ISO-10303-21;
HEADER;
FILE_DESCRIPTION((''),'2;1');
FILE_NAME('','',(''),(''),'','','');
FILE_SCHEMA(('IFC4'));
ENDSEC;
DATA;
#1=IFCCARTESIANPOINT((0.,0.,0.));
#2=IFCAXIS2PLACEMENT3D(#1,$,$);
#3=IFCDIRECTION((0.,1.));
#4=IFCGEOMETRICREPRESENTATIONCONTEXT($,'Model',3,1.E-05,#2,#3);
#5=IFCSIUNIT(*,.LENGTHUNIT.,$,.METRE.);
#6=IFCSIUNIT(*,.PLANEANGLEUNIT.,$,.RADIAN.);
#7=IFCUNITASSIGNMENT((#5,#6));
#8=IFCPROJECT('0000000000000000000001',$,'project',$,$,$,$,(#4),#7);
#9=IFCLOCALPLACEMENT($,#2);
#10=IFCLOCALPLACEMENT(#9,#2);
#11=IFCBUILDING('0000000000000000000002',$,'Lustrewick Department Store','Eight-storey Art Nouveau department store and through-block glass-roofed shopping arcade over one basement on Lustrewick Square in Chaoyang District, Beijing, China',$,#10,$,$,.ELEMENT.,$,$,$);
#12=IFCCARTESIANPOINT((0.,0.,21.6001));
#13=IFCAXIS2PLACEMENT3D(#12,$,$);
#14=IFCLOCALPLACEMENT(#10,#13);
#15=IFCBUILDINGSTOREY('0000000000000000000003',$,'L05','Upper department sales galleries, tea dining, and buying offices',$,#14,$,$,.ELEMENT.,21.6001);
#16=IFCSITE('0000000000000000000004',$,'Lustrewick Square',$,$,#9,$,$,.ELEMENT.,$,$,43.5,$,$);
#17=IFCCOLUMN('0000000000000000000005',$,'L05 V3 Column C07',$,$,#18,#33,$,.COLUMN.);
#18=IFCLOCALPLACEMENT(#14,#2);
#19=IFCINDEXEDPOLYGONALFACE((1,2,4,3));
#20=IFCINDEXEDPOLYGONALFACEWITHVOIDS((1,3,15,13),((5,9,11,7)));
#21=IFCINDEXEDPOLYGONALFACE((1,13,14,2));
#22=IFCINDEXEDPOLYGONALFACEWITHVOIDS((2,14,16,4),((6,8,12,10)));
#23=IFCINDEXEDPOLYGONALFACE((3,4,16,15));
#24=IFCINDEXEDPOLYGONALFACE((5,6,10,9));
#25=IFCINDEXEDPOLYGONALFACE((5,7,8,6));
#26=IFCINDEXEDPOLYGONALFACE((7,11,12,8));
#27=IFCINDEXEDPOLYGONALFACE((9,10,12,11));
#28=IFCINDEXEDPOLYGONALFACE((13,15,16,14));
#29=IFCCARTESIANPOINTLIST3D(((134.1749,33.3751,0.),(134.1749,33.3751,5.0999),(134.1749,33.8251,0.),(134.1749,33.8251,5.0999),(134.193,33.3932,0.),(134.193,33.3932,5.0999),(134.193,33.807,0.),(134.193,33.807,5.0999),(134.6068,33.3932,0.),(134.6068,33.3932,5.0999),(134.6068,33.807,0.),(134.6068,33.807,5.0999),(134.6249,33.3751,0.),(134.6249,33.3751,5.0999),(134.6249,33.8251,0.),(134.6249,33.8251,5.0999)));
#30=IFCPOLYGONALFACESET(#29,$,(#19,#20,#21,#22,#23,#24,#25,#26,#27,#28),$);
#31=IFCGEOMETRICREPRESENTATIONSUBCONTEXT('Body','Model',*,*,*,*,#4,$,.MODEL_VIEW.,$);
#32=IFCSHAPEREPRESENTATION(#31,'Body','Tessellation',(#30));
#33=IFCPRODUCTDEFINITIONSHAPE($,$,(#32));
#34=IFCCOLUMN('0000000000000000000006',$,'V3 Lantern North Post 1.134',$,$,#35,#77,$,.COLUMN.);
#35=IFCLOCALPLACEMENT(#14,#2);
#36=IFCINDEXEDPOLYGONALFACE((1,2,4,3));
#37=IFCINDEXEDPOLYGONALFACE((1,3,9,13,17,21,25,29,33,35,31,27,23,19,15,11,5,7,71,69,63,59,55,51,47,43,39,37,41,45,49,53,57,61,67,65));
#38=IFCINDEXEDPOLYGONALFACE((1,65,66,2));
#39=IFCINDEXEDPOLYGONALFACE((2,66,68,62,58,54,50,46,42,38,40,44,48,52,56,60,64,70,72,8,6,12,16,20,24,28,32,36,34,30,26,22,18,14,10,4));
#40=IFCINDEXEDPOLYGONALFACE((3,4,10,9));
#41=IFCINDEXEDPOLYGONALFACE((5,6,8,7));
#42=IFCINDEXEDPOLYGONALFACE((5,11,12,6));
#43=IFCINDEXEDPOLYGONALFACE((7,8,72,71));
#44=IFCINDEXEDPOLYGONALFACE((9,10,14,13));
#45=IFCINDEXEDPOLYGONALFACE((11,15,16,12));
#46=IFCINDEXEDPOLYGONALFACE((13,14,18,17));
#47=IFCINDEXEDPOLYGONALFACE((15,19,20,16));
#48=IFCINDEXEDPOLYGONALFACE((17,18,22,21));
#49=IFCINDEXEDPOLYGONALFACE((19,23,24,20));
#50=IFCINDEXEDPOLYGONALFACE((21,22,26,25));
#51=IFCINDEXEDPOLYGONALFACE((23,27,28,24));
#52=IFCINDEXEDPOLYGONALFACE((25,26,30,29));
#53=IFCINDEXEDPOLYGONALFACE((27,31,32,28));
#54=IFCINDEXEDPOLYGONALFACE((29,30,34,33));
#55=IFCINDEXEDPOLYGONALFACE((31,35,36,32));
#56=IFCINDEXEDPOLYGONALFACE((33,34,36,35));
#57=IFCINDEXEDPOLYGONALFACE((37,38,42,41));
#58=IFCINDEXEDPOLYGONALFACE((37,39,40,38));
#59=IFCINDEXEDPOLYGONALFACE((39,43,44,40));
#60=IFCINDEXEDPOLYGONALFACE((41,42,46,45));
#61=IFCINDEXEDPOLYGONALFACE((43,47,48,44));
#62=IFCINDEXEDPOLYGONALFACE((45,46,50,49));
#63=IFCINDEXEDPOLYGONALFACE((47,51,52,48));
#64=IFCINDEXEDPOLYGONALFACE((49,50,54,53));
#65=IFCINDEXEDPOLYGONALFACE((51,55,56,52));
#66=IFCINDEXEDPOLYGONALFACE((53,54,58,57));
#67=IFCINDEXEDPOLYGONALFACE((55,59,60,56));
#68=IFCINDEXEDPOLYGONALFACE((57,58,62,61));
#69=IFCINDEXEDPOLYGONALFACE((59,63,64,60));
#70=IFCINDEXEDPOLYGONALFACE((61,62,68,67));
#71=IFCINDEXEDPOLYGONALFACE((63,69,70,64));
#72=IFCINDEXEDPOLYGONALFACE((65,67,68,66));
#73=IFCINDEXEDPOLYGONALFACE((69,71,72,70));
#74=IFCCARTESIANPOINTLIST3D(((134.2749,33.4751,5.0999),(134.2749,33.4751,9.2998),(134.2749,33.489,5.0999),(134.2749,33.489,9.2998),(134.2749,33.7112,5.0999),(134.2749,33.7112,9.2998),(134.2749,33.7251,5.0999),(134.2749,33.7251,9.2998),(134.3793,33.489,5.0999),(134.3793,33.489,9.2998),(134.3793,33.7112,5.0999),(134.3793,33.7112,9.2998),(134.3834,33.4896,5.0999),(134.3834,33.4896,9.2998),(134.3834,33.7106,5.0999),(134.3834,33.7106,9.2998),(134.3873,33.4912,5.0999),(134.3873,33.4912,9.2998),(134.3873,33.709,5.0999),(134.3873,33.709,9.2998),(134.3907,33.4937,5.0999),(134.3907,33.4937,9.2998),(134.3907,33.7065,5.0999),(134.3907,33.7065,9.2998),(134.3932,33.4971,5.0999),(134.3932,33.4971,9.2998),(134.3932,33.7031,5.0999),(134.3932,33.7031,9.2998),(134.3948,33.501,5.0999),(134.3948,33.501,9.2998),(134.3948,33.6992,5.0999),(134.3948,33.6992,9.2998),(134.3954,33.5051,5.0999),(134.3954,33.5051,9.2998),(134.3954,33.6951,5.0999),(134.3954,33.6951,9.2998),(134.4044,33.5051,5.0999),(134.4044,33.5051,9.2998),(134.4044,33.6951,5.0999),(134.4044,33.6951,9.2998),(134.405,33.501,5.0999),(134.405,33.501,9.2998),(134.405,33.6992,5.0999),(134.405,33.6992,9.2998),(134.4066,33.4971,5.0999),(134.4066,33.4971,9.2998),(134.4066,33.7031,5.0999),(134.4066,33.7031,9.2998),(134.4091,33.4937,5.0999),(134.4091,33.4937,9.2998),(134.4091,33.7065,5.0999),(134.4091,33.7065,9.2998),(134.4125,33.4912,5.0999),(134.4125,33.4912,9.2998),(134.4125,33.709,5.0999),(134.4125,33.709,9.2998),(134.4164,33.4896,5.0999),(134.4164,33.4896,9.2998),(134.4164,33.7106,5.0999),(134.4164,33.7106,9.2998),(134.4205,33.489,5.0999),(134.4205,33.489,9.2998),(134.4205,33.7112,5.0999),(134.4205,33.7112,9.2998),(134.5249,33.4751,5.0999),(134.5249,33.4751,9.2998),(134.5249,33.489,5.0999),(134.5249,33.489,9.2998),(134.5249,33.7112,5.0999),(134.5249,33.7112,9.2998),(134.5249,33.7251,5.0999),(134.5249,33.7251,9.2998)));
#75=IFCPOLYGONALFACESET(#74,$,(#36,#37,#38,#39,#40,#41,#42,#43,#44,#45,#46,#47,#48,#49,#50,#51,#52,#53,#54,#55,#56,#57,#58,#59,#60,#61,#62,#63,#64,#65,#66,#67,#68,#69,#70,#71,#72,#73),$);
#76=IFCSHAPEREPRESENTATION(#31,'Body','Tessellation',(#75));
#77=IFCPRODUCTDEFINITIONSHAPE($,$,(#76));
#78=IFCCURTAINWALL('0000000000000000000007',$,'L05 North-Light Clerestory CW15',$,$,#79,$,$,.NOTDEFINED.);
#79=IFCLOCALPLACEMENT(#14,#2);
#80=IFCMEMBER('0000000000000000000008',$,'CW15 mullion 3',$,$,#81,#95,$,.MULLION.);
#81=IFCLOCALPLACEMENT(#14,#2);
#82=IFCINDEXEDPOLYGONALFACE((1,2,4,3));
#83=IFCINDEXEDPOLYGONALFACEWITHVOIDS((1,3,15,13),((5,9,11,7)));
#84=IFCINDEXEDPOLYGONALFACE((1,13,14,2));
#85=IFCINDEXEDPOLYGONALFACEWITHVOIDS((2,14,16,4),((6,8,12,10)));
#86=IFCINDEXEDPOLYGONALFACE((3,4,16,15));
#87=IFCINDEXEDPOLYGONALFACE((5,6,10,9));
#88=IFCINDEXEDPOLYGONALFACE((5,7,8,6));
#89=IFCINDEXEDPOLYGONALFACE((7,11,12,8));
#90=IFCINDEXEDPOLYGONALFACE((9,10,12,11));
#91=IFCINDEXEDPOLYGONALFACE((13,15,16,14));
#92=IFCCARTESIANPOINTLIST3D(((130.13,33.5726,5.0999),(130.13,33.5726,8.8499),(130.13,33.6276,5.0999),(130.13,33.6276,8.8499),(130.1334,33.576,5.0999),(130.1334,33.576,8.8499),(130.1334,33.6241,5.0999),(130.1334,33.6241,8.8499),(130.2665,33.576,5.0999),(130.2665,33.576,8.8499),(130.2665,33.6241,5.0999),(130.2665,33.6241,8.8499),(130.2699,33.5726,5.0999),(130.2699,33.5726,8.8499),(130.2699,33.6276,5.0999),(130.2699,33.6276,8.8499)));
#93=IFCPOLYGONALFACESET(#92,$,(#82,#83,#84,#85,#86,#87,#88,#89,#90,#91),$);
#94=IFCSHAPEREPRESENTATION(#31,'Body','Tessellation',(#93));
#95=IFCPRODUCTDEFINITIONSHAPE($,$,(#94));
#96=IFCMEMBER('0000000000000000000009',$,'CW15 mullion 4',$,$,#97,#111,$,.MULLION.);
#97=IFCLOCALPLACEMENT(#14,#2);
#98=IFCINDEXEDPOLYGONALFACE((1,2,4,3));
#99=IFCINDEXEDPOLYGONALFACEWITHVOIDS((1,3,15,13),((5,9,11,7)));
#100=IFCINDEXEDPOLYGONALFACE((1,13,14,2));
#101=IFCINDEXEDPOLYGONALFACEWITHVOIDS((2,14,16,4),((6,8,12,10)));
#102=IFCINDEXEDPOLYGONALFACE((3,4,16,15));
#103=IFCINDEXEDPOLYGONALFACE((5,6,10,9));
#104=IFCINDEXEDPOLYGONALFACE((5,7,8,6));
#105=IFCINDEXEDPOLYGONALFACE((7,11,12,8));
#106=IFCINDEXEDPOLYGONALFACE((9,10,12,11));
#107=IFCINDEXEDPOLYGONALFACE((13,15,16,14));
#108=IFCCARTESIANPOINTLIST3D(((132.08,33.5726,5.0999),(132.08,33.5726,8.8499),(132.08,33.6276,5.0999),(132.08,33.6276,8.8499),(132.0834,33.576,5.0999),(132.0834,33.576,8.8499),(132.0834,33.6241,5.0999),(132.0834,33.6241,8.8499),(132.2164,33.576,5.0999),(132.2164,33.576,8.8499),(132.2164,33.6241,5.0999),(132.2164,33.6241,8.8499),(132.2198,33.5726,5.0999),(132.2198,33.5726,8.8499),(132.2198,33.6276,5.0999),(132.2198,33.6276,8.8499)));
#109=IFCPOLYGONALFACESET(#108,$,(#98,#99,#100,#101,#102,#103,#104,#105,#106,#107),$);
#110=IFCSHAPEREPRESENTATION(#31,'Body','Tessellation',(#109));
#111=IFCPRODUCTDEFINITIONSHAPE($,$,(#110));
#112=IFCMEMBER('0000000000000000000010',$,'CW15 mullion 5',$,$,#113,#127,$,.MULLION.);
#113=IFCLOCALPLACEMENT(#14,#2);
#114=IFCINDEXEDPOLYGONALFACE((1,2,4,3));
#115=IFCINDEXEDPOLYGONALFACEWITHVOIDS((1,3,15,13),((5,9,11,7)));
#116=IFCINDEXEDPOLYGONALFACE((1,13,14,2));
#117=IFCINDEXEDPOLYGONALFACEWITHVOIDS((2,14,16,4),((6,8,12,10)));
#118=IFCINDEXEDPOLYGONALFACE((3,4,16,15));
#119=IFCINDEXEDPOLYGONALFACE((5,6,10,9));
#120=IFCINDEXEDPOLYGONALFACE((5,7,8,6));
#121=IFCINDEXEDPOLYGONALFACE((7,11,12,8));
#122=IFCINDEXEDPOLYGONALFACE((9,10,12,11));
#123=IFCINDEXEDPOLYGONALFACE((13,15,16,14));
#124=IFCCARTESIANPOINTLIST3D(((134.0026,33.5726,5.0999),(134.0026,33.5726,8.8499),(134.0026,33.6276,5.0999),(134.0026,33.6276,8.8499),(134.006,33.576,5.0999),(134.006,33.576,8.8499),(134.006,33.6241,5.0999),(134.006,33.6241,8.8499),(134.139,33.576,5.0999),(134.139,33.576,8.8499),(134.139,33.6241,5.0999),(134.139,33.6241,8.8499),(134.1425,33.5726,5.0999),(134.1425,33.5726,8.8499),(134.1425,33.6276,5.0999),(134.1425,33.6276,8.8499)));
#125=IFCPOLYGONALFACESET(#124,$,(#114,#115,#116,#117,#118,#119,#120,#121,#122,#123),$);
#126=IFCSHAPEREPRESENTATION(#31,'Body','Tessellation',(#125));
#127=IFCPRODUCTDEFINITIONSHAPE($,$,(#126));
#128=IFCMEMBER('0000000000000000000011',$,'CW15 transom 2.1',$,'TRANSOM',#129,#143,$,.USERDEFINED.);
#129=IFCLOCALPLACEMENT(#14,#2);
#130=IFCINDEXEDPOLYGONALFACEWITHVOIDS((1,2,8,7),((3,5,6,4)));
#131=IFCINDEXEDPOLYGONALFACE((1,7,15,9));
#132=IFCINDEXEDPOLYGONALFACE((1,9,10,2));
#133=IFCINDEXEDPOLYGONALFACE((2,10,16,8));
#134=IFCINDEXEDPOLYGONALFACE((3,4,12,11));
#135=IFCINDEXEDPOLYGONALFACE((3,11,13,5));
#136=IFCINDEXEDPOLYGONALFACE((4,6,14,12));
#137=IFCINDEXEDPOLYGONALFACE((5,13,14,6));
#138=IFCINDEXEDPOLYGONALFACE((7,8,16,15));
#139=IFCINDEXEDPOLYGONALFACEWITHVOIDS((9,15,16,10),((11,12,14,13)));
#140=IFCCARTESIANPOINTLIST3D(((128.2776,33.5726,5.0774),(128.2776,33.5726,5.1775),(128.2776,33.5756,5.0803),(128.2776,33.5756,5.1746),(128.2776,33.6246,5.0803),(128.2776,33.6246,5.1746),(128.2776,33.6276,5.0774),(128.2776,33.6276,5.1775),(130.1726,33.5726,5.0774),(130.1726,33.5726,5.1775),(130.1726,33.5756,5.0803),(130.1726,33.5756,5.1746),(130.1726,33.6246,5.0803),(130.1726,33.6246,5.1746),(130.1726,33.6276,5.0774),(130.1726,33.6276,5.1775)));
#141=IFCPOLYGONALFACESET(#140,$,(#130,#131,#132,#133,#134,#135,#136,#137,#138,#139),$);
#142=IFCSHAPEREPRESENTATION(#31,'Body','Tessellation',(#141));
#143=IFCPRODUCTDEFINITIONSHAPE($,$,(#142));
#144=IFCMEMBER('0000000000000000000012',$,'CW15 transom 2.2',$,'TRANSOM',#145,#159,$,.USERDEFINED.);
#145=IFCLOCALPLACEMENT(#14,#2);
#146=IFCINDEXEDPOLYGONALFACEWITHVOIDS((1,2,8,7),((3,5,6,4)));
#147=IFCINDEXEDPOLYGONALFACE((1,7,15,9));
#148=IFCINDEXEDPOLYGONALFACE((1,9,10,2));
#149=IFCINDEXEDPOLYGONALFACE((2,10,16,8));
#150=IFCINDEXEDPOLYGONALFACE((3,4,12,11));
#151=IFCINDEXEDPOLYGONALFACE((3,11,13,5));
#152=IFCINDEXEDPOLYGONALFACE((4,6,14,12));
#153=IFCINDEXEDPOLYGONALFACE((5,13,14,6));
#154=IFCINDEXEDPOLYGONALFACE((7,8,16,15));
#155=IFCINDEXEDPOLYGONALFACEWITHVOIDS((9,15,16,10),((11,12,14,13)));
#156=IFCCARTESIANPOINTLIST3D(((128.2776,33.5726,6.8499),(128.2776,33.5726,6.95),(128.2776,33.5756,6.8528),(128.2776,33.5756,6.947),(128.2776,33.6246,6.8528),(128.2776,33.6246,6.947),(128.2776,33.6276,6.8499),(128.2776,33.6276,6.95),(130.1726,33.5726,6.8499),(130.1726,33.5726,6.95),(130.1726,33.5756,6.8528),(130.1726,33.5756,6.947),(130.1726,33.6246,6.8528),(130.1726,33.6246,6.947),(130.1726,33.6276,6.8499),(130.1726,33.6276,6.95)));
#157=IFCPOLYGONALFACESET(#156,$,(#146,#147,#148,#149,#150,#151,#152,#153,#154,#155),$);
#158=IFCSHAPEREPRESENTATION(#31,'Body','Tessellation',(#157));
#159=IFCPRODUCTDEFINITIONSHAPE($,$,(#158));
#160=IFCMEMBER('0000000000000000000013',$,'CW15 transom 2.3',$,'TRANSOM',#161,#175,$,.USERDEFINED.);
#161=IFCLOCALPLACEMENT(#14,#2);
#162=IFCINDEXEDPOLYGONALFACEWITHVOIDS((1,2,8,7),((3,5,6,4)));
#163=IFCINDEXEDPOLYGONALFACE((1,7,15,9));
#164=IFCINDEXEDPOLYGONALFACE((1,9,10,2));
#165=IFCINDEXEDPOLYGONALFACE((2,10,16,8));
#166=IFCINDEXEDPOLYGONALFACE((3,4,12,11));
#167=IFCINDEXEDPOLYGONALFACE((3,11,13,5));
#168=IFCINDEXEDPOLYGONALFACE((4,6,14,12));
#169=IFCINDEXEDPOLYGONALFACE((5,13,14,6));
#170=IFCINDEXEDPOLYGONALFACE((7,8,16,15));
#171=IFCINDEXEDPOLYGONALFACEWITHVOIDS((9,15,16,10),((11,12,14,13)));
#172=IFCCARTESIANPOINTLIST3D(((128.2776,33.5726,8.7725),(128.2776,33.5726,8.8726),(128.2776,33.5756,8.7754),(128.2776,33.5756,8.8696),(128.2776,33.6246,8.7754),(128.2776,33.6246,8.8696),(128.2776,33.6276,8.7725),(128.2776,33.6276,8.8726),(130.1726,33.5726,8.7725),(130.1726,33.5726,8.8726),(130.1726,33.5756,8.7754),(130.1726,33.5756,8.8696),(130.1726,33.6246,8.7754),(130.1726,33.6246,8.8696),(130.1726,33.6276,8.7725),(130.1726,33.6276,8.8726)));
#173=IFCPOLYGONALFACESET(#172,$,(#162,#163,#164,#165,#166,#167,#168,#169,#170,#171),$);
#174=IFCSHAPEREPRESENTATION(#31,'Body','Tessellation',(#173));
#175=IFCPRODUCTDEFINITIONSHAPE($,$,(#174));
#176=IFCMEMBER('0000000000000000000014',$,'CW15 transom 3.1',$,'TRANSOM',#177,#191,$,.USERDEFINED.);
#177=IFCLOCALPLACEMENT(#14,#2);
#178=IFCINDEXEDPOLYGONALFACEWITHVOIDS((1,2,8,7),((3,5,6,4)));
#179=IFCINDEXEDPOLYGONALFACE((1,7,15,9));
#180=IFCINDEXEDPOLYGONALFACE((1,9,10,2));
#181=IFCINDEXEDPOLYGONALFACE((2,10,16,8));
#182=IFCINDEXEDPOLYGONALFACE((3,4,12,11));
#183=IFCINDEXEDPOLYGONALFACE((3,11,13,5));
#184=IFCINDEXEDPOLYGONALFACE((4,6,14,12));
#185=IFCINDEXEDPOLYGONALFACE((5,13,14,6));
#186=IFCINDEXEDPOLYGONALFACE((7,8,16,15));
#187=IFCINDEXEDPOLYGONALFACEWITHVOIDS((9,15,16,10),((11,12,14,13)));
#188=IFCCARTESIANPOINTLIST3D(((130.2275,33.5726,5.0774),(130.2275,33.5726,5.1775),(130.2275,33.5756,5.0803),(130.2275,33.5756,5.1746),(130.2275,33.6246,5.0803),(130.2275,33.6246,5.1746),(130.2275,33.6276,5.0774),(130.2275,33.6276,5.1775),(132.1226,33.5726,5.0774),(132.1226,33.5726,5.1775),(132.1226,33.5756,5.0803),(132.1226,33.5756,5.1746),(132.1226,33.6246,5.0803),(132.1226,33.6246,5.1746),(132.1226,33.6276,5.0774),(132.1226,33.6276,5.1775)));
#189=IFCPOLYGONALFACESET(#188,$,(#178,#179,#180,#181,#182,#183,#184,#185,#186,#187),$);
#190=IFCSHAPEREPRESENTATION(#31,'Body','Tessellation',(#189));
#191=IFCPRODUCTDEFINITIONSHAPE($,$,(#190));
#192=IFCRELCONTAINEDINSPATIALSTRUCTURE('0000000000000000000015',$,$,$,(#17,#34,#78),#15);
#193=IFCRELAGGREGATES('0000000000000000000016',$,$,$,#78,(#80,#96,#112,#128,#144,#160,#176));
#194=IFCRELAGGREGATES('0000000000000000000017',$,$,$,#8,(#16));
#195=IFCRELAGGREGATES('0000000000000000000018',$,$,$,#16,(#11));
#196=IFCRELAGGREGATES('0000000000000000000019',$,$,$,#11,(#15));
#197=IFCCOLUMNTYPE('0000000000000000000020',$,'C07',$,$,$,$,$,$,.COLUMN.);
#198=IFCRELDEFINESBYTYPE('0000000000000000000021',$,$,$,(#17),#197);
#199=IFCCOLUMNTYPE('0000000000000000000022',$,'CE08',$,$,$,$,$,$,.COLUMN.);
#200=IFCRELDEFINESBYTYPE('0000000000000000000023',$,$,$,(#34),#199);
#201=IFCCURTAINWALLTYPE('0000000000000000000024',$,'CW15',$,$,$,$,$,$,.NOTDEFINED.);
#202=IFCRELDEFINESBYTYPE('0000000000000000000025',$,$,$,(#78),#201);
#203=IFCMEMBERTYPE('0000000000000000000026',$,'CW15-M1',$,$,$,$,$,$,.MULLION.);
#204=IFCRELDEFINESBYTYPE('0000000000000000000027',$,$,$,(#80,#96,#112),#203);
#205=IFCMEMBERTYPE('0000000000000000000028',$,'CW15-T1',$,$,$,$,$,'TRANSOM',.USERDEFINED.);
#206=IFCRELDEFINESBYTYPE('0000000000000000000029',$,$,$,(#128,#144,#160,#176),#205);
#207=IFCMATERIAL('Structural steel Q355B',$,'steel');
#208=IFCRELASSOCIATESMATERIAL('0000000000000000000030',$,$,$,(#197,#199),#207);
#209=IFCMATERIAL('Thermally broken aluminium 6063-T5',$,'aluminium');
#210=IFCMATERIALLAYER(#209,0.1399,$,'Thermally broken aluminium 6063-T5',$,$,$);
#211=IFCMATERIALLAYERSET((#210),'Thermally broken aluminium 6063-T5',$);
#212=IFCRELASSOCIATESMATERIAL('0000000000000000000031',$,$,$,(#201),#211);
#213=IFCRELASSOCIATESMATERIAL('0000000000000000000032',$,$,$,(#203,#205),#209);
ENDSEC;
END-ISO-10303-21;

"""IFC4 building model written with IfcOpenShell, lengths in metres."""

from ifc_helpers import new_model, si_unit, direction, frame, origin, origin_2d, place, context, subcontext, project, spatial, hollow_rectangle, i_section, extrude, material, layer, layer_set, material_profile, profile_set, type_object, element, aggregate, save


model = new_model("IFC4")

# Units and contexts
model_context = context("Model", 3, precision=1e-05, world=origin(), true_north=direction((0.0, 1.0)))
body_context = subcontext(model_context, "Body", "Model", "MODEL_VIEW")
ifc_project = project(units=[si_unit("LENGTHUNIT", "METRE"), si_unit("PLANEANGLEUNIT", "RADIAN")], contexts=[model_context])

# Site, building, storey
site_placement = place(None, origin())
site = spatial("IfcSite", under=ifc_project, at=site_placement, Name="Lustrewick Square", CompositionType="ELEMENT", RefElevation=43.5)
building_placement = place(site_placement, origin())
building = spatial("IfcBuilding", under=site, at=building_placement, Name="Lustrewick Department Store", Description="Eight-storey Art Nouveau department store and through-block glass-roofed shopping arcade over one basement on Lustrewick Square in Chaoyang District, Beijing, China", CompositionType="ELEMENT")
storey_placement = place(building_placement, frame((0.0, 0.0, 21.6001)))
storey = spatial("IfcBuildingStorey", under=building, at=storey_placement, Name="L05", Description="Upper department sales galleries, tea dining, and buying offices", CompositionType="ELEMENT", Elevation=21.6001)

# Columns
ifc_material_1 = material(Name="Structural steel Q355B", Category="steel")
ifc_material_profile_1 = material_profile(ifc_material_1, hollow_rectangle(XDim=0.45, YDim=0.45, WallThickness=0.0181, at=origin_2d()), Name="BOX 450x450x18")
ifc_profile_set_1 = profile_set([ifc_material_profile_1], Name="Structural steel Q355B")
column_type_1 = type_object("IfcColumnType", Name="C07", PredefinedType="COLUMN", material=ifc_profile_set_1)
column_1_placement = place(storey_placement, frame((134.3999, 33.6001, 0.0), z_axis=(0.0, 0.0, 1.0), x_axis=(1.0, 0.0, 0.0)))
element("IfcColumn", 1, at=column_1_placement, inside=storey, type_object=column_type_1, Name="L05 V3 Column C07", PredefinedType="COLUMN", context=body_context, shape_type="SweptSolid", body=[
    extrude(hollow_rectangle(XDim=0.45, YDim=0.45, WallThickness=0.0181, at=origin_2d()), origin(), (0.0, 0.0, 1.0), 5.0999),
])
ifc_material_profile_2 = material_profile(ifc_material_1, i_section(OverallWidth=0.25, OverallDepth=0.25, WebThickness=0.009, FlangeThickness=0.0139, FilletRadius=0.0161, at=origin_2d()), Name="HW 250x250x9x14")
ifc_profile_set_2 = profile_set([ifc_material_profile_2], Name="Structural steel Q355B")
column_type_2 = type_object("IfcColumnType", Name="CE08", PredefinedType="COLUMN", material=ifc_profile_set_2)
column_2_placement = place(storey_placement, frame((134.3999, 33.6001, 5.0999), z_axis=(0.0, 0.0, 1.0), x_axis=(1.0, 0.0, 0.0)))
element("IfcColumn", 2, at=column_2_placement, inside=storey, type_object=column_type_2, Name="V3 Lantern North Post 1.134", PredefinedType="COLUMN", context=body_context, shape_type="SweptSolid", body=[
    extrude(i_section(OverallWidth=0.25, OverallDepth=0.25, WebThickness=0.009, FlangeThickness=0.0139, FilletRadius=0.0161, at=origin_2d()), origin(), (0.0, 0.0, 1.0), 4.2),
])

# Curtain wall, members
ifc_material_2 = material(Name="Thermally broken aluminium 6063-T5", Category="aluminium")
ifc_layer_1 = layer(ifc_material_2, 0.1399, Name="Thermally broken aluminium 6063-T5")
ifc_layer_set_1 = layer_set([ifc_layer_1], Name="Thermally broken aluminium 6063-T5")
curtain_wall_type = type_object("IfcCurtainWallType", Name="CW15", PredefinedType="NOTDEFINED", material=ifc_layer_set_1)
curtain_wall_placement = place(storey_placement, origin())
curtain_wall = element("IfcCurtainWall", 3, at=curtain_wall_placement, inside=storey, type_object=curtain_wall_type, Name="L05 North-Light Clerestory CW15", PredefinedType="NOTDEFINED")
ifc_material_profile_3 = material_profile(ifc_material_2, hollow_rectangle(XDim=0.0549, YDim=0.1399, WallThickness=0.0034, at=origin_2d()), Name="ALU-M 55x140x3.5")
ifc_profile_set_3 = profile_set([ifc_material_profile_3], Name="Thermally broken aluminium 6063-T5")
member_type_1 = type_object("IfcMemberType", Name="CW15-M1", PredefinedType="MULLION", material=ifc_profile_set_3)
member_1_placement = place(storey_placement, frame((130.2, 33.6001, 5.0999), z_axis=(0.0, 0.0, 1.0), x_axis=(0.0, 1.0, 0.0)))
member_1 = element("IfcMember", 4, at=member_1_placement, type_object=member_type_1, Name="CW15 mullion 3", PredefinedType="MULLION", context=body_context, shape_type="SweptSolid", body=[
    extrude(hollow_rectangle(XDim=0.0549, YDim=0.1399, WallThickness=0.0034, at=origin_2d()), origin(), (0.0, 0.0, 1.0), 3.75),
])
member_2_placement = place(storey_placement, frame((132.1499, 33.6001, 5.0999), z_axis=(0.0, 0.0, 1.0), x_axis=(0.0, 1.0, 0.0)))
member_2 = element("IfcMember", 5, at=member_2_placement, type_object=member_type_1, Name="CW15 mullion 4", PredefinedType="MULLION", context=body_context, shape_type="SweptSolid", body=[
    extrude(hollow_rectangle(XDim=0.0549, YDim=0.1399, WallThickness=0.0034, at=origin_2d()), origin(), (0.0, 0.0, 1.0), 3.75),
])
member_3_placement = place(storey_placement, frame((134.0725, 33.6001, 5.0999), z_axis=(0.0, 0.0, 1.0), x_axis=(0.0, 1.0, 0.0)))
member_3 = element("IfcMember", 6, at=member_3_placement, type_object=member_type_1, Name="CW15 mullion 5", PredefinedType="MULLION", context=body_context, shape_type="SweptSolid", body=[
    extrude(hollow_rectangle(XDim=0.0549, YDim=0.1399, WallThickness=0.0034, at=origin_2d()), origin(), (0.0, 0.0, 1.0), 3.75),
])
ifc_material_profile_4 = material_profile(ifc_material_2, hollow_rectangle(XDim=0.0549, YDim=0.1001, WallThickness=0.0029, at=origin_2d()), Name="ALU-T 55x100x3")
ifc_profile_set_4 = profile_set([ifc_material_profile_4], Name="Thermally broken aluminium 6063-T5")
member_type_2 = type_object("IfcMemberType", Name="CW15-T1", ElementType="TRANSOM", PredefinedType="USERDEFINED", material=ifc_profile_set_4)
member_4_placement = place(storey_placement, frame((128.2776, 33.6001, 5.1274), z_axis=(1.0, 0.0, 0.0), x_axis=(0.0, 1.0, 0.0)))
member_4 = element("IfcMember", 7, at=member_4_placement, type_object=member_type_2, Name="CW15 transom 2.1", ObjectType="TRANSOM", PredefinedType="USERDEFINED", context=body_context, shape_type="SweptSolid", body=[
    extrude(hollow_rectangle(XDim=0.0549, YDim=0.1001, WallThickness=0.0029, at=origin_2d()), origin(), (0.0, 0.0, 1.0), 1.895),
])
member_5_placement = place(storey_placement, frame((128.2776, 33.6001, 6.8999), z_axis=(1.0, 0.0, 0.0), x_axis=(0.0, 1.0, 0.0)))
member_5 = element("IfcMember", 8, at=member_5_placement, type_object=member_type_2, Name="CW15 transom 2.2", ObjectType="TRANSOM", PredefinedType="USERDEFINED", context=body_context, shape_type="SweptSolid", body=[
    extrude(hollow_rectangle(XDim=0.0549, YDim=0.1001, WallThickness=0.0029, at=origin_2d()), origin(), (0.0, 0.0, 1.0), 1.895),
])
member_6_placement = place(storey_placement, frame((128.2776, 33.6001, 8.8225), z_axis=(1.0, 0.0, 0.0), x_axis=(0.0, 1.0, 0.0)))
member_6 = element("IfcMember", 9, at=member_6_placement, type_object=member_type_2, Name="CW15 transom 2.3", ObjectType="TRANSOM", PredefinedType="USERDEFINED", context=body_context, shape_type="SweptSolid", body=[
    extrude(hollow_rectangle(XDim=0.0549, YDim=0.1001, WallThickness=0.0029, at=origin_2d()), origin(), (0.0, 0.0, 1.0), 1.895),
])
member_7_placement = place(storey_placement, frame((130.2275, 33.6001, 5.1274), z_axis=(1.0, 0.0, 0.0), x_axis=(0.0, 1.0, 0.0)))
member_7 = element("IfcMember", 10, at=member_7_placement, type_object=member_type_2, Name="CW15 transom 3.1", ObjectType="TRANSOM", PredefinedType="USERDEFINED", context=body_context, shape_type="SweptSolid", body=[
    extrude(hollow_rectangle(XDim=0.0549, YDim=0.1001, WallThickness=0.0029, at=origin_2d()), origin(), (0.0, 0.0, 1.0), 1.895),
])

aggregate(curtain_wall, [member_1, member_2, member_3, member_4, member_5, member_6, member_7])

save(model, "model.ifc")
